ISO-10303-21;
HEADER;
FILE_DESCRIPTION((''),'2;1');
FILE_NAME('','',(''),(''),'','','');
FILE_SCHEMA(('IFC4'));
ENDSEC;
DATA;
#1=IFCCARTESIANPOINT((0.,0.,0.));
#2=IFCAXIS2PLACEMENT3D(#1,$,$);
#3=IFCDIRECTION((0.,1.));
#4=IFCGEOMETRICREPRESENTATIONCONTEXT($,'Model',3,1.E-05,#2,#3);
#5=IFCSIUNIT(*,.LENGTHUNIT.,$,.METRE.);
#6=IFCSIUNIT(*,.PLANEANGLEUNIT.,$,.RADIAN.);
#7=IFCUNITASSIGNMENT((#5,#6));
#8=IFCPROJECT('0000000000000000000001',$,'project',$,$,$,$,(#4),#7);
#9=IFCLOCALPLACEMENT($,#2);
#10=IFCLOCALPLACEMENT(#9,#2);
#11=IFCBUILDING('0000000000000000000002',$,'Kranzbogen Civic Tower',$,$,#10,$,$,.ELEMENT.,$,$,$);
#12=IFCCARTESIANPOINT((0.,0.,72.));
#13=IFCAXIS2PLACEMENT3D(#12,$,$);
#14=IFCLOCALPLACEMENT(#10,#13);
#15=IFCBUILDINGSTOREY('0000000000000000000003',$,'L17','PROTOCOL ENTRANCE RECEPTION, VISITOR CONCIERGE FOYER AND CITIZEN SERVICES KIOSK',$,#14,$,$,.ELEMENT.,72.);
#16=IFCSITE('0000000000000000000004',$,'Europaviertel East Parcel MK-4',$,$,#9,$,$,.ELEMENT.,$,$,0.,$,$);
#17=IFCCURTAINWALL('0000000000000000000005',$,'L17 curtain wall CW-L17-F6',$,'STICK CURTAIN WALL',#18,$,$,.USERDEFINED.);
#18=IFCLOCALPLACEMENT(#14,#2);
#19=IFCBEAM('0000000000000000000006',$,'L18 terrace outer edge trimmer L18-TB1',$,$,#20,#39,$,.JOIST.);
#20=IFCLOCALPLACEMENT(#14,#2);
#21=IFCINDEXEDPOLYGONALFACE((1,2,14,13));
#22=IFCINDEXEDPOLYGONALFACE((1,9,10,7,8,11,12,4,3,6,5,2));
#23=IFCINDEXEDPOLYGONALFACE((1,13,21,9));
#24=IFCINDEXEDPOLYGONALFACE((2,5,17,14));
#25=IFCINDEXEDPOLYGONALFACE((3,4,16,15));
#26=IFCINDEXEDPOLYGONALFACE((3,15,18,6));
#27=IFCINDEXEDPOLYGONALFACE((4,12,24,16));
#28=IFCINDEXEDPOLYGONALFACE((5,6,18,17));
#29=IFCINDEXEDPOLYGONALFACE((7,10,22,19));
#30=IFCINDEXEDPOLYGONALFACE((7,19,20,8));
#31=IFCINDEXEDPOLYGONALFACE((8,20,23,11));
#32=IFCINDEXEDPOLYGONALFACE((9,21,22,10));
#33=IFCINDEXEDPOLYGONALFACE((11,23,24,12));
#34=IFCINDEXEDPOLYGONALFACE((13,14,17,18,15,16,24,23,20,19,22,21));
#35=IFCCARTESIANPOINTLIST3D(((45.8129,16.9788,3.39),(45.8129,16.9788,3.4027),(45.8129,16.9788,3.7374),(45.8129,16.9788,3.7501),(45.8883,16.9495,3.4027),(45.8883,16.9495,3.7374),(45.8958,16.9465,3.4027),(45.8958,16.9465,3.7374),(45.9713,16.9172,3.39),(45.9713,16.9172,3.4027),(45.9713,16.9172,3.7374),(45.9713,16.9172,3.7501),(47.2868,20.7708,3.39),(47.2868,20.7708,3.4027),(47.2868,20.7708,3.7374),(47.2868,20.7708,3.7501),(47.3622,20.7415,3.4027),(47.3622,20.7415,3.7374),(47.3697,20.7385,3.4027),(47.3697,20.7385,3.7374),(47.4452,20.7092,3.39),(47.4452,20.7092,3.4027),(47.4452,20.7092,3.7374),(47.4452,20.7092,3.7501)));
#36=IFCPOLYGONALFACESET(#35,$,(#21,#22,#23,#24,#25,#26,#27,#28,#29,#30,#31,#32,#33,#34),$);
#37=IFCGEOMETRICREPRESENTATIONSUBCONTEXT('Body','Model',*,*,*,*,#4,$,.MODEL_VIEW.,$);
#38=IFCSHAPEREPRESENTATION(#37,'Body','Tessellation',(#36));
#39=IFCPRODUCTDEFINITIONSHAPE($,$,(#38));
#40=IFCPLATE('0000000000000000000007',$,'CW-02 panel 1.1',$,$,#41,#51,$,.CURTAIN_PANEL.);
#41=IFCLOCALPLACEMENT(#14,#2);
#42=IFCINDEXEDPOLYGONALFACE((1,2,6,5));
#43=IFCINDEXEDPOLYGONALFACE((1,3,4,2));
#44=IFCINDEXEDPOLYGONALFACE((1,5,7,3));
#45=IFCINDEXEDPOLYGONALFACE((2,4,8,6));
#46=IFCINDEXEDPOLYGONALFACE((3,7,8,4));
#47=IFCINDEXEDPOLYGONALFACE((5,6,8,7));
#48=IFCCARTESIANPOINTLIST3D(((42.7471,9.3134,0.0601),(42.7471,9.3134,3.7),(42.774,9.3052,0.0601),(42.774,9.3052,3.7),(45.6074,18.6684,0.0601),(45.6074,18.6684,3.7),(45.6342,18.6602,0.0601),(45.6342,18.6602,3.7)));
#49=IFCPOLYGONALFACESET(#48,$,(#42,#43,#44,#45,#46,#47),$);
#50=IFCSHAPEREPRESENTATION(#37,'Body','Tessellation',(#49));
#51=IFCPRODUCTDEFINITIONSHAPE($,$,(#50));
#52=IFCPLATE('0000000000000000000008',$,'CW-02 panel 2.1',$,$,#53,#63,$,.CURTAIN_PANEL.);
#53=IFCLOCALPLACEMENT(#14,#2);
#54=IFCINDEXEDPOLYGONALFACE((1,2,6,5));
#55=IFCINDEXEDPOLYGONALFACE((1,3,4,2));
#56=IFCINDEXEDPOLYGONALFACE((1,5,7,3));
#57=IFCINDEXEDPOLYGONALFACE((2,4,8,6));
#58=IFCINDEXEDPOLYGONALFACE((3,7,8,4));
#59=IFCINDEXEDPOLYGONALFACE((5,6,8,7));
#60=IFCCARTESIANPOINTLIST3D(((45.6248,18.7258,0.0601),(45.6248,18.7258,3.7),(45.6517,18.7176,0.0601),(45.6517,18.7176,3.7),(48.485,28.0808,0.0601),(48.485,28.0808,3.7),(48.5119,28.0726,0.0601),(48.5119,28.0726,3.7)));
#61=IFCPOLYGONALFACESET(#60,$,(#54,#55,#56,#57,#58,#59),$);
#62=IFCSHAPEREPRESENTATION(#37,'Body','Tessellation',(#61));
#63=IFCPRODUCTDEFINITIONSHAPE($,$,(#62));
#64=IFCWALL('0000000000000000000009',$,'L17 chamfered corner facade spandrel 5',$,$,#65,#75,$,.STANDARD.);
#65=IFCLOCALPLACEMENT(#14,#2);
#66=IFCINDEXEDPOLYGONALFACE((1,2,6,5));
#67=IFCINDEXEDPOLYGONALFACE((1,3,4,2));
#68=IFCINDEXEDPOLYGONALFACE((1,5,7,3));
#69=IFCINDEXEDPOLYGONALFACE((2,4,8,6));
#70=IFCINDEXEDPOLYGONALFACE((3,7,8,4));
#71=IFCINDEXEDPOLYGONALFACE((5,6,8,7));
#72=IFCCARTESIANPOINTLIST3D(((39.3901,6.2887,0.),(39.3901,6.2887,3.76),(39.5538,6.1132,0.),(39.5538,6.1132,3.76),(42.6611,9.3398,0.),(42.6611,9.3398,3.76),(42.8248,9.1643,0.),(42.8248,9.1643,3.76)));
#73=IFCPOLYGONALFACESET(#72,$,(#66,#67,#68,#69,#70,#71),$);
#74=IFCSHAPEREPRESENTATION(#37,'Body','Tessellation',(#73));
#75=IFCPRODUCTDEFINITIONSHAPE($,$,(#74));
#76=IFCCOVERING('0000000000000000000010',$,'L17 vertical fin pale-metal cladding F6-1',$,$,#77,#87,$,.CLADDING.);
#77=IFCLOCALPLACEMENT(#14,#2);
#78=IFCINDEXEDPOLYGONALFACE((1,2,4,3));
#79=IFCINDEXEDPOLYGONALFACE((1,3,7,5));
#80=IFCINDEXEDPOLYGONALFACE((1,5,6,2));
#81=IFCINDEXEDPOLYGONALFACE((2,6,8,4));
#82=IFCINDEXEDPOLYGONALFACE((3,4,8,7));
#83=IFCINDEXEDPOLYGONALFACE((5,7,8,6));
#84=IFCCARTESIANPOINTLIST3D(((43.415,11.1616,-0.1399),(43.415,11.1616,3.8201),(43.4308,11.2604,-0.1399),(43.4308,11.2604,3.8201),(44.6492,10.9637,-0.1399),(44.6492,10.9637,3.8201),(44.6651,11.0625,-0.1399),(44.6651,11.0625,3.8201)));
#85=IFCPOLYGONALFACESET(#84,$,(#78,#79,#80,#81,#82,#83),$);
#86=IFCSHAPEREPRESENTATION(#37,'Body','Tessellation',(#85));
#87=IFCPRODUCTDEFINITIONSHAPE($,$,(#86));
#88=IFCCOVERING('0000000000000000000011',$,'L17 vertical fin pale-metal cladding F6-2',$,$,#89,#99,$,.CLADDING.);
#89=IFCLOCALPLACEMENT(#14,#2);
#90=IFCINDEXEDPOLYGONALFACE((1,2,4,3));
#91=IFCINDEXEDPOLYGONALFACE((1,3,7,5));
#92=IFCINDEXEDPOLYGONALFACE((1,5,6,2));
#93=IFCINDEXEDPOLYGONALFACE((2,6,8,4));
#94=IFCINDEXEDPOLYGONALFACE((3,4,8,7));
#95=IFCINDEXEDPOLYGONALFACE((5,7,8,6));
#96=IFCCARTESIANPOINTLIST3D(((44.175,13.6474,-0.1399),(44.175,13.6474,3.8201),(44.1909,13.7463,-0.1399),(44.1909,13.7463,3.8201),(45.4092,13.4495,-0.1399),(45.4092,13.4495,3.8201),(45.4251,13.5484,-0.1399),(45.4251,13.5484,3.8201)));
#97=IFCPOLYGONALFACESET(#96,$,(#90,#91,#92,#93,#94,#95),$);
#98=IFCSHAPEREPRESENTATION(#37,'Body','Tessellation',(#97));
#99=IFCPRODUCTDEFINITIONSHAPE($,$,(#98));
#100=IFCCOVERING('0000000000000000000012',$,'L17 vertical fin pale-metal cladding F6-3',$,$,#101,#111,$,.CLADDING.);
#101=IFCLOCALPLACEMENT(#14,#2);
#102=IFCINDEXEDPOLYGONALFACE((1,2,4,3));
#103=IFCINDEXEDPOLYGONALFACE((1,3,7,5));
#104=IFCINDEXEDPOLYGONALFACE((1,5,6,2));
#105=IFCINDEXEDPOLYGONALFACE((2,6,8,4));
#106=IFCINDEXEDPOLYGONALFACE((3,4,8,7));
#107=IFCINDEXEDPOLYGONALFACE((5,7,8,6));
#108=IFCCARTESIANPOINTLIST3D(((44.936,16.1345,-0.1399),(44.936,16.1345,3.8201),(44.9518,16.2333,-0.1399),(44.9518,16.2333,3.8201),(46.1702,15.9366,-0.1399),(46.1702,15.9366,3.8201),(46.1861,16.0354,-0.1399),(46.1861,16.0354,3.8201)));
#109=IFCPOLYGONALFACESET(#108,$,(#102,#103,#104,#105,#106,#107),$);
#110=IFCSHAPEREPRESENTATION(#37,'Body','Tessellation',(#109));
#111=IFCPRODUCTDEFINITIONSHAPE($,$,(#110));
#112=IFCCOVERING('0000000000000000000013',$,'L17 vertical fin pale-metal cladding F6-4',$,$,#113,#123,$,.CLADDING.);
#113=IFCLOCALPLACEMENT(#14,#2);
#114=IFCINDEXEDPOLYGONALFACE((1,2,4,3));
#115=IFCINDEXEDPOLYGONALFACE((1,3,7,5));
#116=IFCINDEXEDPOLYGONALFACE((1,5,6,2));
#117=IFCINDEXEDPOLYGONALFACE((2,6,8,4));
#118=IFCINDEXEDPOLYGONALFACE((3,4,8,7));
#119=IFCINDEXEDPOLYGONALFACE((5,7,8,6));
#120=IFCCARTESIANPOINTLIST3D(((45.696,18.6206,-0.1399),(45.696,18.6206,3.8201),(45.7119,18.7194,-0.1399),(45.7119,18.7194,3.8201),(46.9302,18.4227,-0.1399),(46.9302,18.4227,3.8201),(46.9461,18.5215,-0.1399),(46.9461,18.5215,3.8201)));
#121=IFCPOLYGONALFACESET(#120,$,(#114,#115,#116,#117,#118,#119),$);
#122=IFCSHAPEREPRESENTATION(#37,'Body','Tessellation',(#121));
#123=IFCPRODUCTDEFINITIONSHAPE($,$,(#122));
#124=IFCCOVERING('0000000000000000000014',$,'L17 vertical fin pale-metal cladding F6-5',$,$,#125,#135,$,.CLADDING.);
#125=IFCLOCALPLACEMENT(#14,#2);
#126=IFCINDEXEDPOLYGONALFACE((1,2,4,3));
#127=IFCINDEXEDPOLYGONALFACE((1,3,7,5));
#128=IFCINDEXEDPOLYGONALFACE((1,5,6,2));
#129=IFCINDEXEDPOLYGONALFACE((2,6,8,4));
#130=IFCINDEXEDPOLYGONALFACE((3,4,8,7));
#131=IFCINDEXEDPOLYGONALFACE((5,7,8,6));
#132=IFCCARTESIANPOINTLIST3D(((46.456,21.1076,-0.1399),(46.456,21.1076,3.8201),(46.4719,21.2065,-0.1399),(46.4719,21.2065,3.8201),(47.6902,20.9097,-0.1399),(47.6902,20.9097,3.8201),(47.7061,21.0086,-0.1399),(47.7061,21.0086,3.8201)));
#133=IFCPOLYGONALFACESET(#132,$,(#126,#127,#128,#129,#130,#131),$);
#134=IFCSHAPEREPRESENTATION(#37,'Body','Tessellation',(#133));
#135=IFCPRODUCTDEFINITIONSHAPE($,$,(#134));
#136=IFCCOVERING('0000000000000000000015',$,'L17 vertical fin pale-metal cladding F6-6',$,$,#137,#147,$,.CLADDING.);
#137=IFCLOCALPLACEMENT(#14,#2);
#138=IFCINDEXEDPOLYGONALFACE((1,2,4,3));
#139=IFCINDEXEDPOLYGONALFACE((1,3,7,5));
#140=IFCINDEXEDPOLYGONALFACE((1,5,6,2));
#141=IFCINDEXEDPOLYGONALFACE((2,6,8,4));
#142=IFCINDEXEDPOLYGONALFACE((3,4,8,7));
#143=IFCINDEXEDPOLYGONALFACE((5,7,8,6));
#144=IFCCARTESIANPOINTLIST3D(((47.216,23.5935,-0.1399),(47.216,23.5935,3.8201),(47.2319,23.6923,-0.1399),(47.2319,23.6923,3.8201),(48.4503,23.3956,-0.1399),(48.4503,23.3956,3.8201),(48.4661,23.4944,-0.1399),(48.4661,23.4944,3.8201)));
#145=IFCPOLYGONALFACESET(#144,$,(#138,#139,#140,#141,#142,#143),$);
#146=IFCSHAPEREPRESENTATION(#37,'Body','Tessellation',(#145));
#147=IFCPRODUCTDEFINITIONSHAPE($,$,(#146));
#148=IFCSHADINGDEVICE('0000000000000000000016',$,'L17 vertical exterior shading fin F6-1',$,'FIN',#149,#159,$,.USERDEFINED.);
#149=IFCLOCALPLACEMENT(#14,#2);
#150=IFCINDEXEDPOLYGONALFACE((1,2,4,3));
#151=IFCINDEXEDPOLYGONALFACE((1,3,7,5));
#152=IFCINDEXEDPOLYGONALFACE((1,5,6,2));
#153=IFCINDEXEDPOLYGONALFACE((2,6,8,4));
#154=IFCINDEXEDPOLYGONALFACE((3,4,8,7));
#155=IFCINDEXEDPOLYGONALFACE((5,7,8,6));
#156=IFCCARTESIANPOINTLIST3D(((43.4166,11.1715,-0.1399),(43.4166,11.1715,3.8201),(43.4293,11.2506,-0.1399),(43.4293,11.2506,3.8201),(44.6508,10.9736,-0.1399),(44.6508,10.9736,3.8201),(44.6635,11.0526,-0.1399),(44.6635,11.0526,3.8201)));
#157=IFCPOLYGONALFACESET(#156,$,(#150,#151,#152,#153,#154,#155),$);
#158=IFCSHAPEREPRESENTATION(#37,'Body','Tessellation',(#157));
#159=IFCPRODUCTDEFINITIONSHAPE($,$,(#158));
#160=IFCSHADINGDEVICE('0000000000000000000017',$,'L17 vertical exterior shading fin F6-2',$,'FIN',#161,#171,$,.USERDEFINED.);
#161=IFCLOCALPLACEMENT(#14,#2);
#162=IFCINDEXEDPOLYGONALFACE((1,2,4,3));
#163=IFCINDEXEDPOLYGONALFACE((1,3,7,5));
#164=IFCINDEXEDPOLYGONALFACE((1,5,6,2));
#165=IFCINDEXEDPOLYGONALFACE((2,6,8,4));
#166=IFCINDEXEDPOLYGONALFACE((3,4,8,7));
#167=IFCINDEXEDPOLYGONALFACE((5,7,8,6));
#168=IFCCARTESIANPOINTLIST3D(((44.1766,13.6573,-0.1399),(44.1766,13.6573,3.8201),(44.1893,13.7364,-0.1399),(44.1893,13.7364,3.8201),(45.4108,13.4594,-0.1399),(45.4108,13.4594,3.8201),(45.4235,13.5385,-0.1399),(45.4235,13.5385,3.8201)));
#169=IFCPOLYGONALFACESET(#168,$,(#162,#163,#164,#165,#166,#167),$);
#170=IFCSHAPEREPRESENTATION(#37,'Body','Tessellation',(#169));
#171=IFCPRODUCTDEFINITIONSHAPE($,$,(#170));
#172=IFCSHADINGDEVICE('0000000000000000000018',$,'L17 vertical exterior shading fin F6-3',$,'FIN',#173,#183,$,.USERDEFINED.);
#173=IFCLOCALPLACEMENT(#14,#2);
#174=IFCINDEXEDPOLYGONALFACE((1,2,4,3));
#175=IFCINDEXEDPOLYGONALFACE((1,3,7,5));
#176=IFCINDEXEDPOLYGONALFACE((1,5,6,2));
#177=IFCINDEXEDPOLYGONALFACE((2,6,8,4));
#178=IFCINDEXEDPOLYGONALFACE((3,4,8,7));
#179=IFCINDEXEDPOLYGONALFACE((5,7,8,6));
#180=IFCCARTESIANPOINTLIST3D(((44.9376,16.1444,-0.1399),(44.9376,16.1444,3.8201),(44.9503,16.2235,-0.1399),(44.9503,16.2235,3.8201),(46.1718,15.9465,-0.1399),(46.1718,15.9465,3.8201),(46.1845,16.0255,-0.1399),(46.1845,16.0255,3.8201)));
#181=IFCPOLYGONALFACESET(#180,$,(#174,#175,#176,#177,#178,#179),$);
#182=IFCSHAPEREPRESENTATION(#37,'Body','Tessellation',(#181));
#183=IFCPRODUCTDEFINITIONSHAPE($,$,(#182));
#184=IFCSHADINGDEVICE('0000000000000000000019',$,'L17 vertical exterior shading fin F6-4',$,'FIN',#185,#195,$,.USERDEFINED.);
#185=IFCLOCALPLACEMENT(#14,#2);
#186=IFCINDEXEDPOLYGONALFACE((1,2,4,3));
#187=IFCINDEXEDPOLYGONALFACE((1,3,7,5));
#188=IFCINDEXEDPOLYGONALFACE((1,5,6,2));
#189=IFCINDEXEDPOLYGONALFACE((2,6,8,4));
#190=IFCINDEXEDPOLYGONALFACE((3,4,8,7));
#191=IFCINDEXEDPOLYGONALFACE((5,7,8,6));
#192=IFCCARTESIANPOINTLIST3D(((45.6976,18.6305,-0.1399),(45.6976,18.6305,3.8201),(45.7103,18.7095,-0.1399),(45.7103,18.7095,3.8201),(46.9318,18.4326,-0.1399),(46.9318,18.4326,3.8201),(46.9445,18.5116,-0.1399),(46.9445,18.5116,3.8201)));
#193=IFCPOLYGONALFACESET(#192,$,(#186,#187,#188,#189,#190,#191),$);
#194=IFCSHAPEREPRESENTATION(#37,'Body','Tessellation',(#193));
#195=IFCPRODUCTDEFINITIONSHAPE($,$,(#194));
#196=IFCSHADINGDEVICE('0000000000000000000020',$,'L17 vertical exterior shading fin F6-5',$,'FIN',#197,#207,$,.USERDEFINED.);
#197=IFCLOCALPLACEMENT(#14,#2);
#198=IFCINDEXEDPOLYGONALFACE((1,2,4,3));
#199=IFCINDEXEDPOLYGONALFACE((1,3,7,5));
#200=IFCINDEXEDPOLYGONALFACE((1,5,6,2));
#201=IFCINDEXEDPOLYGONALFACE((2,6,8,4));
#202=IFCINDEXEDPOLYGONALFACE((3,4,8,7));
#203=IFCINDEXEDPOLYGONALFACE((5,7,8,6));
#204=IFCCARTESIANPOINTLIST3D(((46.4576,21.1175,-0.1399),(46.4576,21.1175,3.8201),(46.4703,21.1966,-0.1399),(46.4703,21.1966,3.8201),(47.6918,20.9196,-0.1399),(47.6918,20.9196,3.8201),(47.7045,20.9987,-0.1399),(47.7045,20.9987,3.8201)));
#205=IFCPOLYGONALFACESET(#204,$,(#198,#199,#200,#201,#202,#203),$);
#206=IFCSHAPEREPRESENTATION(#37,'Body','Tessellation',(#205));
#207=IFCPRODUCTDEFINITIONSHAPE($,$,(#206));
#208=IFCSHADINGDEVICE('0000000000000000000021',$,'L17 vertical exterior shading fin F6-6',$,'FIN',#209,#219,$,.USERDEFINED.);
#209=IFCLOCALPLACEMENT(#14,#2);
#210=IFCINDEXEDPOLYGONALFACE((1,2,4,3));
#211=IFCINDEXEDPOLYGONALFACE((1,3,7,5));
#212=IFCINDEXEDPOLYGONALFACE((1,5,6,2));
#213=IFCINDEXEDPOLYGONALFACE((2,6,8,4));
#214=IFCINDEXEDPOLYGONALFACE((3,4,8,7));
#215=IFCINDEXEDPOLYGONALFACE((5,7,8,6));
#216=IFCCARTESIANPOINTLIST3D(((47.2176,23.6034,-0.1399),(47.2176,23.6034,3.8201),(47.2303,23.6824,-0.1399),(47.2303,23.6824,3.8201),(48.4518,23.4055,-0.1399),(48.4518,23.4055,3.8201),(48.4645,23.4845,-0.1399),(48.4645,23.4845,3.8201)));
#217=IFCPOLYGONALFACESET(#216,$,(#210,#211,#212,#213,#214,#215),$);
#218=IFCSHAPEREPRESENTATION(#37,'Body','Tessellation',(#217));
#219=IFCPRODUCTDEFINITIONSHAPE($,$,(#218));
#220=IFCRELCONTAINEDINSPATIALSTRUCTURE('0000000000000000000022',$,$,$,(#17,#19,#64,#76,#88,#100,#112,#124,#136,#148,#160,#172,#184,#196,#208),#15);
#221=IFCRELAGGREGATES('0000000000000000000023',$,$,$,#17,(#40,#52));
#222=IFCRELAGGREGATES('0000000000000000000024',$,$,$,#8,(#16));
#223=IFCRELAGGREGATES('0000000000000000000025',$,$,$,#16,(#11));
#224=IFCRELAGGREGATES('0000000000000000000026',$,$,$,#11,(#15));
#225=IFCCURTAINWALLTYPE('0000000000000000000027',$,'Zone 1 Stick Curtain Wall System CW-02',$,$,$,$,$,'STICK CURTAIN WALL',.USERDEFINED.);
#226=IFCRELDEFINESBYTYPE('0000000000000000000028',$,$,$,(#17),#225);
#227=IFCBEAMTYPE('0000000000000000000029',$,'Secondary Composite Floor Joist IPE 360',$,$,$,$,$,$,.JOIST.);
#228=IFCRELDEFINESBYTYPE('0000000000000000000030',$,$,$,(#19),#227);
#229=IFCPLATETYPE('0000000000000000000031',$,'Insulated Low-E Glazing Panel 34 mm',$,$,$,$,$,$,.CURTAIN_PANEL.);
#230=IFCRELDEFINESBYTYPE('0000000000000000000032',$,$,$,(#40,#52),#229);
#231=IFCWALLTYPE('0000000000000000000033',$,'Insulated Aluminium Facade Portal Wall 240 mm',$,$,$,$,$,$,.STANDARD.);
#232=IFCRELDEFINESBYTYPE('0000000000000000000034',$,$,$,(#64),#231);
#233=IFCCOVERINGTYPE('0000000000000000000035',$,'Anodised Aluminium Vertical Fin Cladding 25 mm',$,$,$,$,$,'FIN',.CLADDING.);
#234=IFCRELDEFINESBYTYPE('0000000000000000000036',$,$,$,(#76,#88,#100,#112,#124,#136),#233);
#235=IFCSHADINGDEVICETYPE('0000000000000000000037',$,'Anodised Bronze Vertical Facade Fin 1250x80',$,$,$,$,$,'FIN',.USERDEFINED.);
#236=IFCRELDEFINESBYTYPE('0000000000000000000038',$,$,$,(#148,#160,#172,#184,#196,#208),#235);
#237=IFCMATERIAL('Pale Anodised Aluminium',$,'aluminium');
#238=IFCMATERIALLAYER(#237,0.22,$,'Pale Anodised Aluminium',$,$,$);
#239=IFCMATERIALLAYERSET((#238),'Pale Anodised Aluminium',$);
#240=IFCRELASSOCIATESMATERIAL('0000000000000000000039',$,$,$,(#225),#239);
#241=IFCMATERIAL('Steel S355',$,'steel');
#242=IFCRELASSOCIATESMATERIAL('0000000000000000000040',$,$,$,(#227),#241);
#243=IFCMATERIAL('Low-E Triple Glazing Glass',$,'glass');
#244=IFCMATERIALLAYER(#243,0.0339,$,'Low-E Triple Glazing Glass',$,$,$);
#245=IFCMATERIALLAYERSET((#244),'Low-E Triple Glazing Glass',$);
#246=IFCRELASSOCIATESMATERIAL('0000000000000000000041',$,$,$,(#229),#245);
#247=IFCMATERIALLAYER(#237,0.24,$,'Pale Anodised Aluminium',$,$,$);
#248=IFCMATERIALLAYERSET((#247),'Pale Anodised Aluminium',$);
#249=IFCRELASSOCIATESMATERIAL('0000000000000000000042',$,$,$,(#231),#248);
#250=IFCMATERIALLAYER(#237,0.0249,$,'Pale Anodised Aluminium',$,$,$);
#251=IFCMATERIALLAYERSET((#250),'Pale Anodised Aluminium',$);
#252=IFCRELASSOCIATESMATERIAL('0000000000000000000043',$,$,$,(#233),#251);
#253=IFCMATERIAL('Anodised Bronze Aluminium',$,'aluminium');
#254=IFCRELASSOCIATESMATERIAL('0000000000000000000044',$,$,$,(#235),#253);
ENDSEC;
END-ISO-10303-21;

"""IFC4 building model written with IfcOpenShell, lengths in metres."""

from ifc_helpers import new_model, si_unit, direction, frame, frame_2d, origin, origin_2d, place, context, subcontext, project, spatial, rectangle, i_section, extrude, material, layer, layer_set, material_profile, profile_set, type_object, element, aggregate, save


model = new_model("IFC4")

# Units and contexts
model_context = context("Model", 3, precision=1e-05, world=origin(), true_north=direction((0.0, 1.0)))
body_context = subcontext(model_context, "Body", "Model", "MODEL_VIEW")
ifc_project = project(units=[si_unit("LENGTHUNIT", "METRE"), si_unit("PLANEANGLEUNIT", "RADIAN")], contexts=[model_context])

# Site, building, storey
site_placement = place(None, origin())
site = spatial("IfcSite", under=ifc_project, at=site_placement, Name="Europaviertel East Parcel MK-4", CompositionType="ELEMENT", RefElevation=0.0)
building_placement = place(site_placement, origin())
building = spatial("IfcBuilding", under=site, at=building_placement, Name="Kranzbogen Civic Tower", CompositionType="ELEMENT")
storey_placement = place(building_placement, frame((0.0, 0.0, 72.0)))
storey = spatial("IfcBuildingStorey", under=building, at=storey_placement, Name="L17", Description="PROTOCOL ENTRANCE RECEPTION, VISITOR CONCIERGE FOYER AND CITIZEN SERVICES KIOSK", CompositionType="ELEMENT", Elevation=72.0)

# Shared definitions
ifc_material_1 = material(Name="Steel S355", Category="steel")

# Shared definitions
ifc_material_2 = material(Name="Pale Anodised Aluminium", Category="aluminium")
ifc_layer_1 = layer(ifc_material_2, 0.22, Name="Pale Anodised Aluminium")
ifc_layer_set_1 = layer_set([ifc_layer_1], Name="Pale Anodised Aluminium")
curtain_wall_type = type_object("IfcCurtainWallType", Name="Zone 1 Stick Curtain Wall System CW-02", ElementType="STICK CURTAIN WALL", PredefinedType="USERDEFINED", material=ifc_layer_set_1)

# Curtain wall
curtain_wall_1_placement = place(storey_placement, origin())
curtain_wall_1 = element("IfcCurtainWall", 1, at=curtain_wall_1_placement, inside=storey, type_object=curtain_wall_type, Name="L17 curtain wall CW-L17-F6", ObjectType="STICK CURTAIN WALL", PredefinedType="USERDEFINED")

# Beam
ifc_material_profile_1 = material_profile(ifc_material_1, i_section(OverallWidth=0.1699, OverallDepth=0.3601, WebThickness=0.0081, FlangeThickness=0.0127, at=origin_2d()), Name="IPE 360")
ifc_profile_set_1 = profile_set([ifc_material_profile_1], Name="Steel S355")
beam_type_1 = type_object("IfcBeamType", Name="Secondary Composite Floor Joist IPE 360", PredefinedType="JOIST", material=ifc_profile_set_1)
beam_1_placement = place(storey_placement, frame((45.8921, 16.948, 3.5701), z_axis=(0.362278, 0.93207, 0.0), x_axis=(-0.93207, 0.362278, 0.0)))
element("IfcBeam", 2, at=beam_1_placement, inside=storey, type_object=beam_type_1, Name="L18 terrace outer edge trimmer L18-TB1", PredefinedType="JOIST", context=body_context, shape_type="SweptSolid", body=[
    extrude(i_section(OverallWidth=0.1699, OverallDepth=0.3601, WebThickness=0.0081, FlangeThickness=0.0127, at=origin_2d()), origin(), (0.0, 0.0, 1.0), 4.0684),
])

# Plates
ifc_material_3 = material(Name="Low-E Triple Glazing Glass", Category="glass")
ifc_layer_2 = layer(ifc_material_3, 0.0339, Name="Low-E Triple Glazing Glass")
ifc_layer_set_2 = layer_set([ifc_layer_2], Name="Low-E Triple Glazing Glass")
plate_type = type_object("IfcPlateType", Name="Insulated Low-E Glazing Panel 34 mm", PredefinedType="CURTAIN_PANEL", material=ifc_layer_set_2)
plate_1_placement = place(storey_placement, frame((44.1907, 13.9868, 0.0601), z_axis=(0.0, 0.0, 1.0), x_axis=(0.292381, 0.956302, 0.0)))
plate_1 = element("IfcPlate", 3, at=plate_1_placement, type_object=plate_type, Name="CW-02 panel 1.1", PredefinedType="CURTAIN_PANEL", context=body_context, shape_type="SweptSolid", body=[
    extrude(rectangle(XDim=9.7825, YDim=0.0281, at=origin_2d()), origin(), (0.0, 0.0, 1.0), 3.6399),
])
plate_2_placement = place(storey_placement, frame((47.0684, 23.3992, 0.0601), z_axis=(0.0, 0.0, 1.0), x_axis=(0.292381, 0.956302, 0.0)))
plate_2 = element("IfcPlate", 4, at=plate_2_placement, type_object=plate_type, Name="CW-02 panel 2.1", PredefinedType="CURTAIN_PANEL", context=body_context, shape_type="SweptSolid", body=[
    extrude(rectangle(XDim=9.7825, YDim=0.0281, at=origin_2d()), origin(), (0.0, 0.0, 1.0), 3.6399),
])
aggregate(curtain_wall_1, [plate_1, plate_2])

# Wall
ifc_layer_3 = layer(ifc_material_2, 0.24, Name="Pale Anodised Aluminium")
ifc_layer_set_3 = layer_set([ifc_layer_3], Name="Pale Anodised Aluminium")
wall_type = type_object("IfcWallType", Name="Insulated Aluminium Facade Portal Wall 240 mm", PredefinedType="STANDARD", material=ifc_layer_set_3)
wall_placement = place(storey_placement, frame((39.4719, 6.2009, 0.0), z_axis=(0.0, 0.0, 1.0), x_axis=(0.731268, 0.682091, 0.0)))
element("IfcWall", 5, at=wall_placement, inside=storey, type_object=wall_type, Name="L17 chamfered corner facade spandrel 5", PredefinedType="STANDARD", context=body_context, shape_type="SweptSolid", body=[
    extrude(rectangle(XDim=4.4731, YDim=0.24, at=frame_2d((2.2366, 0.0))), origin(), (0.0, 0.0, 1.0), 3.76),
])

# Coverings
ifc_layer_4 = layer(ifc_material_2, 0.0249, Name="Pale Anodised Aluminium")
ifc_layer_set_4 = layer_set([ifc_layer_4], Name="Pale Anodised Aluminium")
covering_type = type_object("IfcCoveringType", Name="Anodised Aluminium Vertical Fin Cladding 25 mm", ElementType="FIN", PredefinedType="CLADDING", material=ifc_layer_set_4)
for number, where, z_axis, x_axis, name in (
    (6, (44.04, 11.1121, -0.1399), (0.0, 0.0, 1.0), (0.987386, -0.15833, 0.0), "L17 vertical fin pale-metal cladding F6-1"),
    (7, (44.8, 13.5979, -0.1399), (0.0, 0.0, 1.0), (0.987386, -0.15833, 0.0), "L17 vertical fin pale-metal cladding F6-2"),
    (8, (45.561, 16.085, -0.1399), (0.0, 0.0, 1.0), (0.987386, -0.15833, 0.0), "L17 vertical fin pale-metal cladding F6-3"),
    (9, (46.321, 18.571, -0.1399), (0.0, 0.0, 1.0), (0.987386, -0.15833, 0.0), "L17 vertical fin pale-metal cladding F6-4"),
    (10, (47.0811, 21.0581, -0.1399), (0.0, 0.0, 1.0), (0.987386, -0.15833, 0.0), "L17 vertical fin pale-metal cladding F6-5"),
    (11, (47.8411, 23.5439, -0.1399), (0.0, 0.0, 1.0), (0.987386, -0.15833, 0.0), "L17 vertical fin pale-metal cladding F6-6"),
):
    element("IfcCovering", number, at=place(storey_placement, frame(where, z_axis=z_axis, x_axis=x_axis)), inside=storey, type_object=covering_type, Name=name, PredefinedType="CLADDING", context=body_context, shape_type="SweptSolid", body=[
        extrude(rectangle(XDim=1.25, YDim=0.1001, at=origin_2d()), origin(), (0.0, 0.0, 1.0), 3.96),
    ])

# Shading devices
ifc_material_4 = material(Name="Anodised Bronze Aluminium", Category="aluminium")
shading_device_type = type_object("IfcShadingDeviceType", Name="Anodised Bronze Vertical Facade Fin 1250x80", ElementType="FIN", PredefinedType="USERDEFINED", material=ifc_material_4)
for number, where, z_axis, x_axis, name in (
    (12, (44.04, 11.1121, -0.1399), (0.0, 0.0, 1.0), (0.987386, -0.15833, 0.0), "L17 vertical exterior shading fin F6-1"),
    (13, (44.8, 13.5979, -0.1399), (0.0, 0.0, 1.0), (0.987386, -0.15833, 0.0), "L17 vertical exterior shading fin F6-2"),
    (14, (45.561, 16.085, -0.1399), (0.0, 0.0, 1.0), (0.987386, -0.15833, 0.0), "L17 vertical exterior shading fin F6-3"),
    (15, (46.321, 18.571, -0.1399), (0.0, 0.0, 1.0), (0.987386, -0.15833, 0.0), "L17 vertical exterior shading fin F6-4"),
    (16, (47.0811, 21.0581, -0.1399), (0.0, 0.0, 1.0), (0.987386, -0.15833, 0.0), "L17 vertical exterior shading fin F6-5"),
    (17, (47.8411, 23.5439, -0.1399), (0.0, 0.0, 1.0), (0.987386, -0.15833, 0.0), "L17 vertical exterior shading fin F6-6"),
):
    element("IfcShadingDevice", number, at=place(storey_placement, frame(where, z_axis=z_axis, x_axis=x_axis)), inside=storey, type_object=shading_device_type, Name=name, ObjectType="FIN", PredefinedType="USERDEFINED", context=body_context, shape_type="SweptSolid", body=[
        extrude(rectangle(XDim=1.25, YDim=0.0801, at=origin_2d()), origin(), (0.0, 0.0, 1.0), 3.96),
    ])

save(model, "model.ifc")
